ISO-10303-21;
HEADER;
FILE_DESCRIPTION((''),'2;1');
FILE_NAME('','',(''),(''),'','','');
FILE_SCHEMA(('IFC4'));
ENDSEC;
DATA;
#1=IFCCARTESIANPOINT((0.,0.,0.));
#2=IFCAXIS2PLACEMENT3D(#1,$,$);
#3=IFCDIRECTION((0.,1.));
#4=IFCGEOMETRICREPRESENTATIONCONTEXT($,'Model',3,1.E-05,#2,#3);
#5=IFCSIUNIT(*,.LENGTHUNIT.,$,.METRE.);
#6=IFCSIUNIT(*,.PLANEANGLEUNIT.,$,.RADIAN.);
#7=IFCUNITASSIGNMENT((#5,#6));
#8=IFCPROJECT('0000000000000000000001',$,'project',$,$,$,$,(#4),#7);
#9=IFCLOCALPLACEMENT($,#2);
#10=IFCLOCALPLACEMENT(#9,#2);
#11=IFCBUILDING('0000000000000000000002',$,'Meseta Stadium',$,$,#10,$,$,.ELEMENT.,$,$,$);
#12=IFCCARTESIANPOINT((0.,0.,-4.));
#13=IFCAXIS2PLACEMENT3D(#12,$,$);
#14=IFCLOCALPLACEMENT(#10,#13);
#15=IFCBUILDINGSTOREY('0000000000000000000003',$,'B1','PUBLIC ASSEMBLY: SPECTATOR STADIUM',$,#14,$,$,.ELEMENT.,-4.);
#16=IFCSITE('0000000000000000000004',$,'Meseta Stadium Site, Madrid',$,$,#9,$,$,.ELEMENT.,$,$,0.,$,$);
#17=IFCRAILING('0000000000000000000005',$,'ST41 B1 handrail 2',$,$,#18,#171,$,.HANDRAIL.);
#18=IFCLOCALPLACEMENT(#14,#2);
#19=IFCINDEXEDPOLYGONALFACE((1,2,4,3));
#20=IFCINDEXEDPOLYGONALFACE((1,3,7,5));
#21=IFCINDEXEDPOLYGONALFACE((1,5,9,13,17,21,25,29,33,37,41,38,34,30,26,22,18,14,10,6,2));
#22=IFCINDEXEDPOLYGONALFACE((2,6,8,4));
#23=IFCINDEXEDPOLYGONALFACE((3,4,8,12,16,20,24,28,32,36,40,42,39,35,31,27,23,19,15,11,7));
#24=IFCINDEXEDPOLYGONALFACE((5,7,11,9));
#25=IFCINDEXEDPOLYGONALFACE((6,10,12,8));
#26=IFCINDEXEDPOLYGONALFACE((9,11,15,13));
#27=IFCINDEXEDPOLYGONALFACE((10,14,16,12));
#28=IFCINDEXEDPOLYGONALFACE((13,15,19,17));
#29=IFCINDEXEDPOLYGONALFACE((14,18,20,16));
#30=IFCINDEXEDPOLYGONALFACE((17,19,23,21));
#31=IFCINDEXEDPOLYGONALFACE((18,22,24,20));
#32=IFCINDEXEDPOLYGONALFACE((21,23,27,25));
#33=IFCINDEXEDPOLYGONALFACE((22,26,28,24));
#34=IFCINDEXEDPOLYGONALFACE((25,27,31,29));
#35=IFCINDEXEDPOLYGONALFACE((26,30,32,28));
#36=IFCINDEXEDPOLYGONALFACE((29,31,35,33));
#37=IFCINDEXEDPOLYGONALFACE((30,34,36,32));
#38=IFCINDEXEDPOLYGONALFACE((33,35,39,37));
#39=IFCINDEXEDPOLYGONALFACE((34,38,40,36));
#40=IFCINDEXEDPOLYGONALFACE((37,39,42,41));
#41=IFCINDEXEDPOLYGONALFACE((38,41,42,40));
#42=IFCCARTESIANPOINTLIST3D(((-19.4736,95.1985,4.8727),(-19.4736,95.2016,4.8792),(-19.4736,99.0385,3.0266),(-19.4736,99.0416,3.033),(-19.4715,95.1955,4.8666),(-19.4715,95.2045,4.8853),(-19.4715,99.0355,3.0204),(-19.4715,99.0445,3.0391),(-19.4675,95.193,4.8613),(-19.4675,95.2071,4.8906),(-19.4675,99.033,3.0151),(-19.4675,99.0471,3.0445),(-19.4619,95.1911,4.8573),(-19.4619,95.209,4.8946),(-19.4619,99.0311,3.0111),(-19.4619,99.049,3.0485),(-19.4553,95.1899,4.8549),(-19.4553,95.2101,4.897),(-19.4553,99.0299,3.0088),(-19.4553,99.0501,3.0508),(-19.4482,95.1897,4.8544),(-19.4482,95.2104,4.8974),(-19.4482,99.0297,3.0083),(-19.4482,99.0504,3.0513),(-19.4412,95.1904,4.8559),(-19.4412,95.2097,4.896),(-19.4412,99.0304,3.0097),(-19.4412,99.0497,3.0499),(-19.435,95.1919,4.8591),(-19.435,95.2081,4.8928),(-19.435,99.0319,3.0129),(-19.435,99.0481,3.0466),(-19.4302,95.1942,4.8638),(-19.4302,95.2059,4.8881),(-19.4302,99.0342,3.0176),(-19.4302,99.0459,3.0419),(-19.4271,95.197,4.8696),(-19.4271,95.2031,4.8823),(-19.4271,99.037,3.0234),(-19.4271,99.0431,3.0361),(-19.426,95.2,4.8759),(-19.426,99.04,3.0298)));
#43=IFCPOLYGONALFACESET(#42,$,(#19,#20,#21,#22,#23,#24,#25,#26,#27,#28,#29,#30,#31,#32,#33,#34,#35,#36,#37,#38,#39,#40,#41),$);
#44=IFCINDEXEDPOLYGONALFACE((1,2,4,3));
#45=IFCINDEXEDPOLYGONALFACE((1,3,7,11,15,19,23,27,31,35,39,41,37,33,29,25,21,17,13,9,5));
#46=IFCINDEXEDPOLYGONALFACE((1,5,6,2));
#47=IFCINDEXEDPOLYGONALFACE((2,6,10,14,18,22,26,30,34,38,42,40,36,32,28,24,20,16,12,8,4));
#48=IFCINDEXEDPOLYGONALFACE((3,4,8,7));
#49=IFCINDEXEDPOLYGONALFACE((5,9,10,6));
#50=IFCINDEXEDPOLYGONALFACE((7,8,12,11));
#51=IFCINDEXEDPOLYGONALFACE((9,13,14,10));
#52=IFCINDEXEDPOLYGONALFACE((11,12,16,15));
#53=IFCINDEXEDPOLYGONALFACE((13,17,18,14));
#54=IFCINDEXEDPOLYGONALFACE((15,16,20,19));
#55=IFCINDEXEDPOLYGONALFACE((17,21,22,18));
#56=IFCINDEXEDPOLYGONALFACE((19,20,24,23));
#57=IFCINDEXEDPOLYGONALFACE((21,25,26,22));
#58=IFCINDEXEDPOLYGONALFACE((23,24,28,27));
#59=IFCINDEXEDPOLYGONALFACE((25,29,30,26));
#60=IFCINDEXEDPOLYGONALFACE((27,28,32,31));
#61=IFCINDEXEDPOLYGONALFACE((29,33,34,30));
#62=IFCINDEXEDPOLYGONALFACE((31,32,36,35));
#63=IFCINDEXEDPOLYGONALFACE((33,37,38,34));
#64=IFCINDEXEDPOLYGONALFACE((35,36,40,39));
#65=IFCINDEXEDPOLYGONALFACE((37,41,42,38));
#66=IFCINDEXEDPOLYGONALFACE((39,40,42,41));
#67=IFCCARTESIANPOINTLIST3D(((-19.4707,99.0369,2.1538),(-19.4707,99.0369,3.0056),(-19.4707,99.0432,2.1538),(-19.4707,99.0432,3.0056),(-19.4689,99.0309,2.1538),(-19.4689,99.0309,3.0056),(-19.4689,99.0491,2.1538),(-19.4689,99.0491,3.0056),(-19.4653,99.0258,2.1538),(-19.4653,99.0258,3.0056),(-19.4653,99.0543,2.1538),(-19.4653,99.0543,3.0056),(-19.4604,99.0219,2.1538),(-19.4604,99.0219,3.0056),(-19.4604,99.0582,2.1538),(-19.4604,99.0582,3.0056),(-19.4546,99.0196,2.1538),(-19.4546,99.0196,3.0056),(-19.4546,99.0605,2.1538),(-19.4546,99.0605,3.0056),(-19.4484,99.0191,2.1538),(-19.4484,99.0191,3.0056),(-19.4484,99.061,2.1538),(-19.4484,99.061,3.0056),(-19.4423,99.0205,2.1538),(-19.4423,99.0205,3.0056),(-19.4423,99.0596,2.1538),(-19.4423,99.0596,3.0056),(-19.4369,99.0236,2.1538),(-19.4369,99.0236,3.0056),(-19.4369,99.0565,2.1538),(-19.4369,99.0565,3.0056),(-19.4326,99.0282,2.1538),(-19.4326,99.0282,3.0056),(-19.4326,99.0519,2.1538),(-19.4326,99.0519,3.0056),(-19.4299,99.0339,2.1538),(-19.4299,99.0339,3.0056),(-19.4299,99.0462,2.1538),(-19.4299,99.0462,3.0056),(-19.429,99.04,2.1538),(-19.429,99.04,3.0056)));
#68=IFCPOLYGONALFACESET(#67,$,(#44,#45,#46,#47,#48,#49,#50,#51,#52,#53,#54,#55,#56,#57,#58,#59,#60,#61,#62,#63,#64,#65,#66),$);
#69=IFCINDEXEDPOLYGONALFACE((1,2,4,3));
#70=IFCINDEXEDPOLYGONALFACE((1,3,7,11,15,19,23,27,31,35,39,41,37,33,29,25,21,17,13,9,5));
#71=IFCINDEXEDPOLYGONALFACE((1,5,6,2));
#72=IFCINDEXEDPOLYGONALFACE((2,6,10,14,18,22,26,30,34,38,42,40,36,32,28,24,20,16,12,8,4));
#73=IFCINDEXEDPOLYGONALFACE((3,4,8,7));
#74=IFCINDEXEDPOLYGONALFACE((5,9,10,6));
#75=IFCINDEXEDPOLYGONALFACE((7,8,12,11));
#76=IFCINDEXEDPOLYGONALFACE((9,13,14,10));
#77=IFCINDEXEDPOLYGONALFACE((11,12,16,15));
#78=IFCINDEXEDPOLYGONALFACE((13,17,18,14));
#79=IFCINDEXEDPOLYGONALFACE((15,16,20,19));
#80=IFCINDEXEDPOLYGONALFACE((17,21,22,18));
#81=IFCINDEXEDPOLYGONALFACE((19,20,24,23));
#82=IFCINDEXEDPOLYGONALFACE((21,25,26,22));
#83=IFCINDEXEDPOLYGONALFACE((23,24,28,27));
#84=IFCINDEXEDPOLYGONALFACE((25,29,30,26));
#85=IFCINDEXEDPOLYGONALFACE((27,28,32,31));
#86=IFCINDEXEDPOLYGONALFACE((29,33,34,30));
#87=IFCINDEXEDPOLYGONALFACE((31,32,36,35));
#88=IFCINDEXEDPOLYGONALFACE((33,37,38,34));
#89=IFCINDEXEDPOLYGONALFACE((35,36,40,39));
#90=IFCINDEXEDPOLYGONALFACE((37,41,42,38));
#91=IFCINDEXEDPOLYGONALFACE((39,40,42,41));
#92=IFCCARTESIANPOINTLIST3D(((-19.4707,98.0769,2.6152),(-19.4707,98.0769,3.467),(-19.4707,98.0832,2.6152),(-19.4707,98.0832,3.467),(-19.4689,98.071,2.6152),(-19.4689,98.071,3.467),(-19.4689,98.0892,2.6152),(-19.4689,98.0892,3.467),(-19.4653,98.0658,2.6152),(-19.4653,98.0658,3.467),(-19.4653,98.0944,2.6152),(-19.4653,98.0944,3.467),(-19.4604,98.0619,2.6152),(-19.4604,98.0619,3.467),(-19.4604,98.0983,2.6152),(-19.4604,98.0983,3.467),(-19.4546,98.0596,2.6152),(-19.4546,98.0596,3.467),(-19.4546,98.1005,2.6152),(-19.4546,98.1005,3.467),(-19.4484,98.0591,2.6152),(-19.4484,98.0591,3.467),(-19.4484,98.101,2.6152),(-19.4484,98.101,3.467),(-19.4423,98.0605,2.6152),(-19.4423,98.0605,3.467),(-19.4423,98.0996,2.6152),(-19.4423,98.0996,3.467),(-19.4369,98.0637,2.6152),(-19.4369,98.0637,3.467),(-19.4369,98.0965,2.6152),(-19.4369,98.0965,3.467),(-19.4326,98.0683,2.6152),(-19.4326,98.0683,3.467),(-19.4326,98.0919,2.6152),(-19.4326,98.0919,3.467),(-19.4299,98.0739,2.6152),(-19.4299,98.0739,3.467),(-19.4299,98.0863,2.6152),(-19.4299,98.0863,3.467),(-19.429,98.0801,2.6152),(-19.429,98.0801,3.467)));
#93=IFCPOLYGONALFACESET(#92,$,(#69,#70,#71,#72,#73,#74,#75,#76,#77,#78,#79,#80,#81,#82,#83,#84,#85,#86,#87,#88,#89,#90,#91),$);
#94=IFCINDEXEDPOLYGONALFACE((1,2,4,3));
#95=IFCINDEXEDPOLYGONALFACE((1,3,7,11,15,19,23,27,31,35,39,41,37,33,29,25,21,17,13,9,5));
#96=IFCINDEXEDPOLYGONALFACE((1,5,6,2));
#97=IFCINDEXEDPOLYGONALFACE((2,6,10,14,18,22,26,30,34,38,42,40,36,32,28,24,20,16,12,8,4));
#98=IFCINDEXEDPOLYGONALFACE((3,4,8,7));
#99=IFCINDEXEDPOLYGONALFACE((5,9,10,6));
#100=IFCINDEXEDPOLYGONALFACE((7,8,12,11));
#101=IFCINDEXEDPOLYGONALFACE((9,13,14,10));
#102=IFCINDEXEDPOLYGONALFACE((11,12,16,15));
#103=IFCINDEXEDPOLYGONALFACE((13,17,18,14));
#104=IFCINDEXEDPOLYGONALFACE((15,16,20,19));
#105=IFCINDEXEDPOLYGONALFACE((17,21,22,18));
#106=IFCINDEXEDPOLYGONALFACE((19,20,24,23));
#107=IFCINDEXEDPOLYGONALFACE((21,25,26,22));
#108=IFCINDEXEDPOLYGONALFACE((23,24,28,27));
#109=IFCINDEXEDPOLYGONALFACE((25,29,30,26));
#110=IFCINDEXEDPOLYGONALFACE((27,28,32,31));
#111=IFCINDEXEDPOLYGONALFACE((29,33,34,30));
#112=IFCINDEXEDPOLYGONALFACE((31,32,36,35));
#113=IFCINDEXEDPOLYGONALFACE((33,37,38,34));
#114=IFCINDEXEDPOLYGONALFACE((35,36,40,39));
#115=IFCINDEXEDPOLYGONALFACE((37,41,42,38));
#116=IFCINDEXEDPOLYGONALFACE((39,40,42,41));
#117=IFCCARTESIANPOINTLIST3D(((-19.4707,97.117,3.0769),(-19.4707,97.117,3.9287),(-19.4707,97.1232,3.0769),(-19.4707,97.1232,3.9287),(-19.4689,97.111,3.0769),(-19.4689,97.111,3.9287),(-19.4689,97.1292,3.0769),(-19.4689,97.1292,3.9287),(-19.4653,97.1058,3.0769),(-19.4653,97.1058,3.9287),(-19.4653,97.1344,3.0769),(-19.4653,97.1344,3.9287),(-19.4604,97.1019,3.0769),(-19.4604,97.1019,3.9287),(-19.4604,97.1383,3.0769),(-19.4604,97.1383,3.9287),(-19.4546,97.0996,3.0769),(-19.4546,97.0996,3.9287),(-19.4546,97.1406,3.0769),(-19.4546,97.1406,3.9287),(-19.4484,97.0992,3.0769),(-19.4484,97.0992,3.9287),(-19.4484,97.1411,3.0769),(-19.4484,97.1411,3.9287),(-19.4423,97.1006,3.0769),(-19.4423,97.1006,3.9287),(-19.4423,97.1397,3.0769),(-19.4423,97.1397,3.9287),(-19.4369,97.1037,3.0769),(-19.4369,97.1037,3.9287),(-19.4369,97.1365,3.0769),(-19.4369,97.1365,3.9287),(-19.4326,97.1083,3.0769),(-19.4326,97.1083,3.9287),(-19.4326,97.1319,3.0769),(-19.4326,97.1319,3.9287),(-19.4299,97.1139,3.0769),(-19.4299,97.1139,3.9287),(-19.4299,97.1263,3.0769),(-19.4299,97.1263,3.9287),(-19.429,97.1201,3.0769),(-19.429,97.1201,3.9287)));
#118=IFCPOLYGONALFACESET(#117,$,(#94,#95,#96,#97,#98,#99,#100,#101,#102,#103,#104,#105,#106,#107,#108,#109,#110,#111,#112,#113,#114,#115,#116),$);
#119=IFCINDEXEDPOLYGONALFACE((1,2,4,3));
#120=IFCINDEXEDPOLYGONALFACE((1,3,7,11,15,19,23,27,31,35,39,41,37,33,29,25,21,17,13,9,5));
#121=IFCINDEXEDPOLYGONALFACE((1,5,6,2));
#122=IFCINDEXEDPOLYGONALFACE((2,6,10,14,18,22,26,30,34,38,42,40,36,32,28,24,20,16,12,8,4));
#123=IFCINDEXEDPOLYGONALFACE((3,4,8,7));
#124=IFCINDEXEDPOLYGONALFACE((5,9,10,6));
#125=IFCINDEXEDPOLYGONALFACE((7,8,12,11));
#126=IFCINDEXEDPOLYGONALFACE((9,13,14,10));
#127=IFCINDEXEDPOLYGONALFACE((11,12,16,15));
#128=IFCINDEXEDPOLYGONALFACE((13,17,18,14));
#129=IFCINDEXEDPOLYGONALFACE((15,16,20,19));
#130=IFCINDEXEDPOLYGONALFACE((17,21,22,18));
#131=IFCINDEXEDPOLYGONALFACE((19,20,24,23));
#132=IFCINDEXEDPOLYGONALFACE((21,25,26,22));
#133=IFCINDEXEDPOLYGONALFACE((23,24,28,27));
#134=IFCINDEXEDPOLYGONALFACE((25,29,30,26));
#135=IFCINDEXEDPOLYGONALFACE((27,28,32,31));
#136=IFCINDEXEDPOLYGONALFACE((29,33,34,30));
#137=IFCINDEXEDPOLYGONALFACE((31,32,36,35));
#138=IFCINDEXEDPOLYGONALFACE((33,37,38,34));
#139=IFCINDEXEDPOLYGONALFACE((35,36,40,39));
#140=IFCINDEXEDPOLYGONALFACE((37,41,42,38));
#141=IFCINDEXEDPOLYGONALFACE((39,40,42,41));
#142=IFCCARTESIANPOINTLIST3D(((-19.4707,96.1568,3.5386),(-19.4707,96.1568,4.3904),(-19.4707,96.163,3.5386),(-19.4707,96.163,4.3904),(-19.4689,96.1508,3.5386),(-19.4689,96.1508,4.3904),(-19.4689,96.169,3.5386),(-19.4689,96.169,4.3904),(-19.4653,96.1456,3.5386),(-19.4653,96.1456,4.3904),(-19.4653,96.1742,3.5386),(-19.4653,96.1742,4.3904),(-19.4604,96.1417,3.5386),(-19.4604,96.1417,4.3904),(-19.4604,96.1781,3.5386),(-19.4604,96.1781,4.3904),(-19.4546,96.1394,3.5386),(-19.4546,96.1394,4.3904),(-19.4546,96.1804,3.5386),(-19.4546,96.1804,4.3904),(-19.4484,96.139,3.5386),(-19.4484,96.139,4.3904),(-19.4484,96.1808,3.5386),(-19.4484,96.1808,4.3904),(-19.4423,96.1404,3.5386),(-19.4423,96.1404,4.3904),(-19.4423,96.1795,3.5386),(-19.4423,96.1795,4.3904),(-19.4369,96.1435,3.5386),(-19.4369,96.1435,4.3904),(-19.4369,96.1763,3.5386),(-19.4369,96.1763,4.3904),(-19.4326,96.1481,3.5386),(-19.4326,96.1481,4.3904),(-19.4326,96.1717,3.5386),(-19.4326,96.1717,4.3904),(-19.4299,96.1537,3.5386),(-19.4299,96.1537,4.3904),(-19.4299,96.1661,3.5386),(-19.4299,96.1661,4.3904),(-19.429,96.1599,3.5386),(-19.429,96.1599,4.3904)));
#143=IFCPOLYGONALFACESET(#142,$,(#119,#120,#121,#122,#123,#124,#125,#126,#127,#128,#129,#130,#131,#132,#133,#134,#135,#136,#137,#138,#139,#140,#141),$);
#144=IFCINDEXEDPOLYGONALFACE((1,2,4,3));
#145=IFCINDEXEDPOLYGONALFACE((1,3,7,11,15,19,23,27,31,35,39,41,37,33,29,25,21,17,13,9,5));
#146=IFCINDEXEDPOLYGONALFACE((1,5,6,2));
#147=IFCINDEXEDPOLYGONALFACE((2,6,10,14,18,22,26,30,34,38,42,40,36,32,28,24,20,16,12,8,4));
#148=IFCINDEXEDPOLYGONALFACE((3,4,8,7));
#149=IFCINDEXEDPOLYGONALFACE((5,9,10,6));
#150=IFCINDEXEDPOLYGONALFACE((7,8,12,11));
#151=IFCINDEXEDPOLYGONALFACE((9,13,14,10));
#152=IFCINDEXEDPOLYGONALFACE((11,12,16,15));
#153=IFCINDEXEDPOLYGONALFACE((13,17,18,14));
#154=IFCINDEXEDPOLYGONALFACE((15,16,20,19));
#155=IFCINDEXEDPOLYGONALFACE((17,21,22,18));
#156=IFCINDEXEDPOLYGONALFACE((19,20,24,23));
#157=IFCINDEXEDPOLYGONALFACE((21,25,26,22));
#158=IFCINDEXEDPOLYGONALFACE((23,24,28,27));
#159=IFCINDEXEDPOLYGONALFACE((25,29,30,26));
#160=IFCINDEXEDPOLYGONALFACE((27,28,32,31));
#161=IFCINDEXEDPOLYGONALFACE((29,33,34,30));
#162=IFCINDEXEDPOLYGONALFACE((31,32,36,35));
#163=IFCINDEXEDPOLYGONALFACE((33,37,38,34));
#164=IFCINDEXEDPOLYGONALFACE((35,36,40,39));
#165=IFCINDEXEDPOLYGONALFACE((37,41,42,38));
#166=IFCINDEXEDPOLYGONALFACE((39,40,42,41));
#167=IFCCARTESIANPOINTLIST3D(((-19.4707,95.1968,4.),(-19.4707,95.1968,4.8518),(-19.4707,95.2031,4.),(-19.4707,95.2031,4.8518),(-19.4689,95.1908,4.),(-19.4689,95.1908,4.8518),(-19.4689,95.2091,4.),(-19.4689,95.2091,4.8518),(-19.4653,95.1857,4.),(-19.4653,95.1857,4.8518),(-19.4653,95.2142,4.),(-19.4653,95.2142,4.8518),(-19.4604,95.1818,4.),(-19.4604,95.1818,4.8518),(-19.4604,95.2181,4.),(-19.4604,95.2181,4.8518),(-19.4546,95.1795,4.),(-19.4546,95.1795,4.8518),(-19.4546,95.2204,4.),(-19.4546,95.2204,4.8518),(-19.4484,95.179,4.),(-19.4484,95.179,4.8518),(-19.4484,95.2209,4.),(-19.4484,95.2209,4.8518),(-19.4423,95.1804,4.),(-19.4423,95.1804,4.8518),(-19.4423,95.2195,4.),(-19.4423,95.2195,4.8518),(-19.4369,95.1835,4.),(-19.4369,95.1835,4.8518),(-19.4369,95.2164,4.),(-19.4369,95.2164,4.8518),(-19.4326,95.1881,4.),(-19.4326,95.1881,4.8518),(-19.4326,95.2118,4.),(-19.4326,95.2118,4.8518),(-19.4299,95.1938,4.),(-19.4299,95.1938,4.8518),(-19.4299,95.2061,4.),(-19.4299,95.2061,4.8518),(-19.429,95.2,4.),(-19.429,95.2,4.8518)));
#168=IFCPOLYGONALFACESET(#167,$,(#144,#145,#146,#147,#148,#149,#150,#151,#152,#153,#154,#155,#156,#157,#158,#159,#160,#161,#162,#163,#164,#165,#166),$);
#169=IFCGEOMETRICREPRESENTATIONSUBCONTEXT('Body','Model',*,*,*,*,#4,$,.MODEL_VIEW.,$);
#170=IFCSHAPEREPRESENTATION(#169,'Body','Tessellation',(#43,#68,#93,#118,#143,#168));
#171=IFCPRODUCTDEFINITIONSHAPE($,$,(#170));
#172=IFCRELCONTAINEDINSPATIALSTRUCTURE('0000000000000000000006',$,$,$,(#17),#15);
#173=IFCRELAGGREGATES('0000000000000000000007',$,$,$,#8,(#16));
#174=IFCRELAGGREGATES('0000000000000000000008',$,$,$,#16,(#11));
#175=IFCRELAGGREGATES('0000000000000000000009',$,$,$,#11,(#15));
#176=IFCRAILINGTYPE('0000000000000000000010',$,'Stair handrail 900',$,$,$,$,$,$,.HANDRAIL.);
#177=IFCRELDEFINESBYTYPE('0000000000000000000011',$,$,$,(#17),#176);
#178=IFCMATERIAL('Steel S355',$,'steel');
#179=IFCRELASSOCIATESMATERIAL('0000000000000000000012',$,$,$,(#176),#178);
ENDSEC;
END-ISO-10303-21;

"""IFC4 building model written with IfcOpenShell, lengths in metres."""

from ifc_helpers import new_model, si_unit, direction, frame, origin, origin_2d, place, context, subcontext, project, spatial, circle, extrude, material, type_object, element, save


model = new_model("IFC4")

# Units and contexts
model_context = context("Model", 3, precision=1e-05, world=origin(), true_north=direction((0.0, 1.0)))
body_context = subcontext(model_context, "Body", "Model", "MODEL_VIEW")
ifc_project = project(units=[si_unit("LENGTHUNIT", "METRE"), si_unit("PLANEANGLEUNIT", "RADIAN")], contexts=[model_context])

# Site, building, storey
site_placement = place(None, origin())
site = spatial("IfcSite", under=ifc_project, at=site_placement, Name="Meseta Stadium Site, Madrid", CompositionType="ELEMENT", RefElevation=0.0)
building_placement = place(site_placement, origin())
building = spatial("IfcBuilding", under=site, at=building_placement, Name="Meseta Stadium", CompositionType="ELEMENT")
storey_placement = place(building_placement, frame((0.0, 0.0, -4.0)))
storey = spatial("IfcBuildingStorey", under=building, at=storey_placement, Name="B1", Description="PUBLIC ASSEMBLY: SPECTATOR STADIUM", CompositionType="ELEMENT", Elevation=-4.0)

# Railing
ifc_material_1 = material(Name="Steel S355", Category="steel")
railing_type_1 = type_object("IfcRailingType", Name="Stair handrail 900", PredefinedType="HANDRAIL", material=ifc_material_1)
railing_1_placement = place(storey_placement, frame((-19.45, 99.04, 2.1538)))
element("IfcRailing", 1, at=railing_1_placement, inside=storey, type_object=railing_type_1, Name="ST41 B1 handrail 2", PredefinedType="HANDRAIL", context=body_context, shape_type="SweptSolid", body=[
    extrude(circle(Radius=0.0239, at=origin_2d()), frame((0.0, 0.0, 0.876), z_axis=(0.0, -0.901253, 0.433294), x_axis=(1.0, 0.0, 0.0)), (0.0, 0.0, 1.0), 4.2607),
    extrude(circle(Radius=0.021, at=origin_2d()), origin(), (0.0, 0.0, 1.0), 0.8518),
    extrude(circle(Radius=0.021, at=origin_2d()), frame((0.0, -0.96, 0.4614)), (0.0, 0.0, 1.0), 0.8518),
    extrude(circle(Radius=0.021, at=origin_2d()), frame((0.0, -1.9199, 0.9231)), (0.0, 0.0, 1.0), 0.8518),
    extrude(circle(Radius=0.021, at=origin_2d()), frame((0.0, -2.8801, 1.3848)), (0.0, 0.0, 1.0), 0.8518),
    extrude(circle(Radius=0.021, at=origin_2d()), frame((0.0, -3.8401, 1.8462)), (0.0, 0.0, 1.0), 0.8518),
])

save(model, "model.ifc")
